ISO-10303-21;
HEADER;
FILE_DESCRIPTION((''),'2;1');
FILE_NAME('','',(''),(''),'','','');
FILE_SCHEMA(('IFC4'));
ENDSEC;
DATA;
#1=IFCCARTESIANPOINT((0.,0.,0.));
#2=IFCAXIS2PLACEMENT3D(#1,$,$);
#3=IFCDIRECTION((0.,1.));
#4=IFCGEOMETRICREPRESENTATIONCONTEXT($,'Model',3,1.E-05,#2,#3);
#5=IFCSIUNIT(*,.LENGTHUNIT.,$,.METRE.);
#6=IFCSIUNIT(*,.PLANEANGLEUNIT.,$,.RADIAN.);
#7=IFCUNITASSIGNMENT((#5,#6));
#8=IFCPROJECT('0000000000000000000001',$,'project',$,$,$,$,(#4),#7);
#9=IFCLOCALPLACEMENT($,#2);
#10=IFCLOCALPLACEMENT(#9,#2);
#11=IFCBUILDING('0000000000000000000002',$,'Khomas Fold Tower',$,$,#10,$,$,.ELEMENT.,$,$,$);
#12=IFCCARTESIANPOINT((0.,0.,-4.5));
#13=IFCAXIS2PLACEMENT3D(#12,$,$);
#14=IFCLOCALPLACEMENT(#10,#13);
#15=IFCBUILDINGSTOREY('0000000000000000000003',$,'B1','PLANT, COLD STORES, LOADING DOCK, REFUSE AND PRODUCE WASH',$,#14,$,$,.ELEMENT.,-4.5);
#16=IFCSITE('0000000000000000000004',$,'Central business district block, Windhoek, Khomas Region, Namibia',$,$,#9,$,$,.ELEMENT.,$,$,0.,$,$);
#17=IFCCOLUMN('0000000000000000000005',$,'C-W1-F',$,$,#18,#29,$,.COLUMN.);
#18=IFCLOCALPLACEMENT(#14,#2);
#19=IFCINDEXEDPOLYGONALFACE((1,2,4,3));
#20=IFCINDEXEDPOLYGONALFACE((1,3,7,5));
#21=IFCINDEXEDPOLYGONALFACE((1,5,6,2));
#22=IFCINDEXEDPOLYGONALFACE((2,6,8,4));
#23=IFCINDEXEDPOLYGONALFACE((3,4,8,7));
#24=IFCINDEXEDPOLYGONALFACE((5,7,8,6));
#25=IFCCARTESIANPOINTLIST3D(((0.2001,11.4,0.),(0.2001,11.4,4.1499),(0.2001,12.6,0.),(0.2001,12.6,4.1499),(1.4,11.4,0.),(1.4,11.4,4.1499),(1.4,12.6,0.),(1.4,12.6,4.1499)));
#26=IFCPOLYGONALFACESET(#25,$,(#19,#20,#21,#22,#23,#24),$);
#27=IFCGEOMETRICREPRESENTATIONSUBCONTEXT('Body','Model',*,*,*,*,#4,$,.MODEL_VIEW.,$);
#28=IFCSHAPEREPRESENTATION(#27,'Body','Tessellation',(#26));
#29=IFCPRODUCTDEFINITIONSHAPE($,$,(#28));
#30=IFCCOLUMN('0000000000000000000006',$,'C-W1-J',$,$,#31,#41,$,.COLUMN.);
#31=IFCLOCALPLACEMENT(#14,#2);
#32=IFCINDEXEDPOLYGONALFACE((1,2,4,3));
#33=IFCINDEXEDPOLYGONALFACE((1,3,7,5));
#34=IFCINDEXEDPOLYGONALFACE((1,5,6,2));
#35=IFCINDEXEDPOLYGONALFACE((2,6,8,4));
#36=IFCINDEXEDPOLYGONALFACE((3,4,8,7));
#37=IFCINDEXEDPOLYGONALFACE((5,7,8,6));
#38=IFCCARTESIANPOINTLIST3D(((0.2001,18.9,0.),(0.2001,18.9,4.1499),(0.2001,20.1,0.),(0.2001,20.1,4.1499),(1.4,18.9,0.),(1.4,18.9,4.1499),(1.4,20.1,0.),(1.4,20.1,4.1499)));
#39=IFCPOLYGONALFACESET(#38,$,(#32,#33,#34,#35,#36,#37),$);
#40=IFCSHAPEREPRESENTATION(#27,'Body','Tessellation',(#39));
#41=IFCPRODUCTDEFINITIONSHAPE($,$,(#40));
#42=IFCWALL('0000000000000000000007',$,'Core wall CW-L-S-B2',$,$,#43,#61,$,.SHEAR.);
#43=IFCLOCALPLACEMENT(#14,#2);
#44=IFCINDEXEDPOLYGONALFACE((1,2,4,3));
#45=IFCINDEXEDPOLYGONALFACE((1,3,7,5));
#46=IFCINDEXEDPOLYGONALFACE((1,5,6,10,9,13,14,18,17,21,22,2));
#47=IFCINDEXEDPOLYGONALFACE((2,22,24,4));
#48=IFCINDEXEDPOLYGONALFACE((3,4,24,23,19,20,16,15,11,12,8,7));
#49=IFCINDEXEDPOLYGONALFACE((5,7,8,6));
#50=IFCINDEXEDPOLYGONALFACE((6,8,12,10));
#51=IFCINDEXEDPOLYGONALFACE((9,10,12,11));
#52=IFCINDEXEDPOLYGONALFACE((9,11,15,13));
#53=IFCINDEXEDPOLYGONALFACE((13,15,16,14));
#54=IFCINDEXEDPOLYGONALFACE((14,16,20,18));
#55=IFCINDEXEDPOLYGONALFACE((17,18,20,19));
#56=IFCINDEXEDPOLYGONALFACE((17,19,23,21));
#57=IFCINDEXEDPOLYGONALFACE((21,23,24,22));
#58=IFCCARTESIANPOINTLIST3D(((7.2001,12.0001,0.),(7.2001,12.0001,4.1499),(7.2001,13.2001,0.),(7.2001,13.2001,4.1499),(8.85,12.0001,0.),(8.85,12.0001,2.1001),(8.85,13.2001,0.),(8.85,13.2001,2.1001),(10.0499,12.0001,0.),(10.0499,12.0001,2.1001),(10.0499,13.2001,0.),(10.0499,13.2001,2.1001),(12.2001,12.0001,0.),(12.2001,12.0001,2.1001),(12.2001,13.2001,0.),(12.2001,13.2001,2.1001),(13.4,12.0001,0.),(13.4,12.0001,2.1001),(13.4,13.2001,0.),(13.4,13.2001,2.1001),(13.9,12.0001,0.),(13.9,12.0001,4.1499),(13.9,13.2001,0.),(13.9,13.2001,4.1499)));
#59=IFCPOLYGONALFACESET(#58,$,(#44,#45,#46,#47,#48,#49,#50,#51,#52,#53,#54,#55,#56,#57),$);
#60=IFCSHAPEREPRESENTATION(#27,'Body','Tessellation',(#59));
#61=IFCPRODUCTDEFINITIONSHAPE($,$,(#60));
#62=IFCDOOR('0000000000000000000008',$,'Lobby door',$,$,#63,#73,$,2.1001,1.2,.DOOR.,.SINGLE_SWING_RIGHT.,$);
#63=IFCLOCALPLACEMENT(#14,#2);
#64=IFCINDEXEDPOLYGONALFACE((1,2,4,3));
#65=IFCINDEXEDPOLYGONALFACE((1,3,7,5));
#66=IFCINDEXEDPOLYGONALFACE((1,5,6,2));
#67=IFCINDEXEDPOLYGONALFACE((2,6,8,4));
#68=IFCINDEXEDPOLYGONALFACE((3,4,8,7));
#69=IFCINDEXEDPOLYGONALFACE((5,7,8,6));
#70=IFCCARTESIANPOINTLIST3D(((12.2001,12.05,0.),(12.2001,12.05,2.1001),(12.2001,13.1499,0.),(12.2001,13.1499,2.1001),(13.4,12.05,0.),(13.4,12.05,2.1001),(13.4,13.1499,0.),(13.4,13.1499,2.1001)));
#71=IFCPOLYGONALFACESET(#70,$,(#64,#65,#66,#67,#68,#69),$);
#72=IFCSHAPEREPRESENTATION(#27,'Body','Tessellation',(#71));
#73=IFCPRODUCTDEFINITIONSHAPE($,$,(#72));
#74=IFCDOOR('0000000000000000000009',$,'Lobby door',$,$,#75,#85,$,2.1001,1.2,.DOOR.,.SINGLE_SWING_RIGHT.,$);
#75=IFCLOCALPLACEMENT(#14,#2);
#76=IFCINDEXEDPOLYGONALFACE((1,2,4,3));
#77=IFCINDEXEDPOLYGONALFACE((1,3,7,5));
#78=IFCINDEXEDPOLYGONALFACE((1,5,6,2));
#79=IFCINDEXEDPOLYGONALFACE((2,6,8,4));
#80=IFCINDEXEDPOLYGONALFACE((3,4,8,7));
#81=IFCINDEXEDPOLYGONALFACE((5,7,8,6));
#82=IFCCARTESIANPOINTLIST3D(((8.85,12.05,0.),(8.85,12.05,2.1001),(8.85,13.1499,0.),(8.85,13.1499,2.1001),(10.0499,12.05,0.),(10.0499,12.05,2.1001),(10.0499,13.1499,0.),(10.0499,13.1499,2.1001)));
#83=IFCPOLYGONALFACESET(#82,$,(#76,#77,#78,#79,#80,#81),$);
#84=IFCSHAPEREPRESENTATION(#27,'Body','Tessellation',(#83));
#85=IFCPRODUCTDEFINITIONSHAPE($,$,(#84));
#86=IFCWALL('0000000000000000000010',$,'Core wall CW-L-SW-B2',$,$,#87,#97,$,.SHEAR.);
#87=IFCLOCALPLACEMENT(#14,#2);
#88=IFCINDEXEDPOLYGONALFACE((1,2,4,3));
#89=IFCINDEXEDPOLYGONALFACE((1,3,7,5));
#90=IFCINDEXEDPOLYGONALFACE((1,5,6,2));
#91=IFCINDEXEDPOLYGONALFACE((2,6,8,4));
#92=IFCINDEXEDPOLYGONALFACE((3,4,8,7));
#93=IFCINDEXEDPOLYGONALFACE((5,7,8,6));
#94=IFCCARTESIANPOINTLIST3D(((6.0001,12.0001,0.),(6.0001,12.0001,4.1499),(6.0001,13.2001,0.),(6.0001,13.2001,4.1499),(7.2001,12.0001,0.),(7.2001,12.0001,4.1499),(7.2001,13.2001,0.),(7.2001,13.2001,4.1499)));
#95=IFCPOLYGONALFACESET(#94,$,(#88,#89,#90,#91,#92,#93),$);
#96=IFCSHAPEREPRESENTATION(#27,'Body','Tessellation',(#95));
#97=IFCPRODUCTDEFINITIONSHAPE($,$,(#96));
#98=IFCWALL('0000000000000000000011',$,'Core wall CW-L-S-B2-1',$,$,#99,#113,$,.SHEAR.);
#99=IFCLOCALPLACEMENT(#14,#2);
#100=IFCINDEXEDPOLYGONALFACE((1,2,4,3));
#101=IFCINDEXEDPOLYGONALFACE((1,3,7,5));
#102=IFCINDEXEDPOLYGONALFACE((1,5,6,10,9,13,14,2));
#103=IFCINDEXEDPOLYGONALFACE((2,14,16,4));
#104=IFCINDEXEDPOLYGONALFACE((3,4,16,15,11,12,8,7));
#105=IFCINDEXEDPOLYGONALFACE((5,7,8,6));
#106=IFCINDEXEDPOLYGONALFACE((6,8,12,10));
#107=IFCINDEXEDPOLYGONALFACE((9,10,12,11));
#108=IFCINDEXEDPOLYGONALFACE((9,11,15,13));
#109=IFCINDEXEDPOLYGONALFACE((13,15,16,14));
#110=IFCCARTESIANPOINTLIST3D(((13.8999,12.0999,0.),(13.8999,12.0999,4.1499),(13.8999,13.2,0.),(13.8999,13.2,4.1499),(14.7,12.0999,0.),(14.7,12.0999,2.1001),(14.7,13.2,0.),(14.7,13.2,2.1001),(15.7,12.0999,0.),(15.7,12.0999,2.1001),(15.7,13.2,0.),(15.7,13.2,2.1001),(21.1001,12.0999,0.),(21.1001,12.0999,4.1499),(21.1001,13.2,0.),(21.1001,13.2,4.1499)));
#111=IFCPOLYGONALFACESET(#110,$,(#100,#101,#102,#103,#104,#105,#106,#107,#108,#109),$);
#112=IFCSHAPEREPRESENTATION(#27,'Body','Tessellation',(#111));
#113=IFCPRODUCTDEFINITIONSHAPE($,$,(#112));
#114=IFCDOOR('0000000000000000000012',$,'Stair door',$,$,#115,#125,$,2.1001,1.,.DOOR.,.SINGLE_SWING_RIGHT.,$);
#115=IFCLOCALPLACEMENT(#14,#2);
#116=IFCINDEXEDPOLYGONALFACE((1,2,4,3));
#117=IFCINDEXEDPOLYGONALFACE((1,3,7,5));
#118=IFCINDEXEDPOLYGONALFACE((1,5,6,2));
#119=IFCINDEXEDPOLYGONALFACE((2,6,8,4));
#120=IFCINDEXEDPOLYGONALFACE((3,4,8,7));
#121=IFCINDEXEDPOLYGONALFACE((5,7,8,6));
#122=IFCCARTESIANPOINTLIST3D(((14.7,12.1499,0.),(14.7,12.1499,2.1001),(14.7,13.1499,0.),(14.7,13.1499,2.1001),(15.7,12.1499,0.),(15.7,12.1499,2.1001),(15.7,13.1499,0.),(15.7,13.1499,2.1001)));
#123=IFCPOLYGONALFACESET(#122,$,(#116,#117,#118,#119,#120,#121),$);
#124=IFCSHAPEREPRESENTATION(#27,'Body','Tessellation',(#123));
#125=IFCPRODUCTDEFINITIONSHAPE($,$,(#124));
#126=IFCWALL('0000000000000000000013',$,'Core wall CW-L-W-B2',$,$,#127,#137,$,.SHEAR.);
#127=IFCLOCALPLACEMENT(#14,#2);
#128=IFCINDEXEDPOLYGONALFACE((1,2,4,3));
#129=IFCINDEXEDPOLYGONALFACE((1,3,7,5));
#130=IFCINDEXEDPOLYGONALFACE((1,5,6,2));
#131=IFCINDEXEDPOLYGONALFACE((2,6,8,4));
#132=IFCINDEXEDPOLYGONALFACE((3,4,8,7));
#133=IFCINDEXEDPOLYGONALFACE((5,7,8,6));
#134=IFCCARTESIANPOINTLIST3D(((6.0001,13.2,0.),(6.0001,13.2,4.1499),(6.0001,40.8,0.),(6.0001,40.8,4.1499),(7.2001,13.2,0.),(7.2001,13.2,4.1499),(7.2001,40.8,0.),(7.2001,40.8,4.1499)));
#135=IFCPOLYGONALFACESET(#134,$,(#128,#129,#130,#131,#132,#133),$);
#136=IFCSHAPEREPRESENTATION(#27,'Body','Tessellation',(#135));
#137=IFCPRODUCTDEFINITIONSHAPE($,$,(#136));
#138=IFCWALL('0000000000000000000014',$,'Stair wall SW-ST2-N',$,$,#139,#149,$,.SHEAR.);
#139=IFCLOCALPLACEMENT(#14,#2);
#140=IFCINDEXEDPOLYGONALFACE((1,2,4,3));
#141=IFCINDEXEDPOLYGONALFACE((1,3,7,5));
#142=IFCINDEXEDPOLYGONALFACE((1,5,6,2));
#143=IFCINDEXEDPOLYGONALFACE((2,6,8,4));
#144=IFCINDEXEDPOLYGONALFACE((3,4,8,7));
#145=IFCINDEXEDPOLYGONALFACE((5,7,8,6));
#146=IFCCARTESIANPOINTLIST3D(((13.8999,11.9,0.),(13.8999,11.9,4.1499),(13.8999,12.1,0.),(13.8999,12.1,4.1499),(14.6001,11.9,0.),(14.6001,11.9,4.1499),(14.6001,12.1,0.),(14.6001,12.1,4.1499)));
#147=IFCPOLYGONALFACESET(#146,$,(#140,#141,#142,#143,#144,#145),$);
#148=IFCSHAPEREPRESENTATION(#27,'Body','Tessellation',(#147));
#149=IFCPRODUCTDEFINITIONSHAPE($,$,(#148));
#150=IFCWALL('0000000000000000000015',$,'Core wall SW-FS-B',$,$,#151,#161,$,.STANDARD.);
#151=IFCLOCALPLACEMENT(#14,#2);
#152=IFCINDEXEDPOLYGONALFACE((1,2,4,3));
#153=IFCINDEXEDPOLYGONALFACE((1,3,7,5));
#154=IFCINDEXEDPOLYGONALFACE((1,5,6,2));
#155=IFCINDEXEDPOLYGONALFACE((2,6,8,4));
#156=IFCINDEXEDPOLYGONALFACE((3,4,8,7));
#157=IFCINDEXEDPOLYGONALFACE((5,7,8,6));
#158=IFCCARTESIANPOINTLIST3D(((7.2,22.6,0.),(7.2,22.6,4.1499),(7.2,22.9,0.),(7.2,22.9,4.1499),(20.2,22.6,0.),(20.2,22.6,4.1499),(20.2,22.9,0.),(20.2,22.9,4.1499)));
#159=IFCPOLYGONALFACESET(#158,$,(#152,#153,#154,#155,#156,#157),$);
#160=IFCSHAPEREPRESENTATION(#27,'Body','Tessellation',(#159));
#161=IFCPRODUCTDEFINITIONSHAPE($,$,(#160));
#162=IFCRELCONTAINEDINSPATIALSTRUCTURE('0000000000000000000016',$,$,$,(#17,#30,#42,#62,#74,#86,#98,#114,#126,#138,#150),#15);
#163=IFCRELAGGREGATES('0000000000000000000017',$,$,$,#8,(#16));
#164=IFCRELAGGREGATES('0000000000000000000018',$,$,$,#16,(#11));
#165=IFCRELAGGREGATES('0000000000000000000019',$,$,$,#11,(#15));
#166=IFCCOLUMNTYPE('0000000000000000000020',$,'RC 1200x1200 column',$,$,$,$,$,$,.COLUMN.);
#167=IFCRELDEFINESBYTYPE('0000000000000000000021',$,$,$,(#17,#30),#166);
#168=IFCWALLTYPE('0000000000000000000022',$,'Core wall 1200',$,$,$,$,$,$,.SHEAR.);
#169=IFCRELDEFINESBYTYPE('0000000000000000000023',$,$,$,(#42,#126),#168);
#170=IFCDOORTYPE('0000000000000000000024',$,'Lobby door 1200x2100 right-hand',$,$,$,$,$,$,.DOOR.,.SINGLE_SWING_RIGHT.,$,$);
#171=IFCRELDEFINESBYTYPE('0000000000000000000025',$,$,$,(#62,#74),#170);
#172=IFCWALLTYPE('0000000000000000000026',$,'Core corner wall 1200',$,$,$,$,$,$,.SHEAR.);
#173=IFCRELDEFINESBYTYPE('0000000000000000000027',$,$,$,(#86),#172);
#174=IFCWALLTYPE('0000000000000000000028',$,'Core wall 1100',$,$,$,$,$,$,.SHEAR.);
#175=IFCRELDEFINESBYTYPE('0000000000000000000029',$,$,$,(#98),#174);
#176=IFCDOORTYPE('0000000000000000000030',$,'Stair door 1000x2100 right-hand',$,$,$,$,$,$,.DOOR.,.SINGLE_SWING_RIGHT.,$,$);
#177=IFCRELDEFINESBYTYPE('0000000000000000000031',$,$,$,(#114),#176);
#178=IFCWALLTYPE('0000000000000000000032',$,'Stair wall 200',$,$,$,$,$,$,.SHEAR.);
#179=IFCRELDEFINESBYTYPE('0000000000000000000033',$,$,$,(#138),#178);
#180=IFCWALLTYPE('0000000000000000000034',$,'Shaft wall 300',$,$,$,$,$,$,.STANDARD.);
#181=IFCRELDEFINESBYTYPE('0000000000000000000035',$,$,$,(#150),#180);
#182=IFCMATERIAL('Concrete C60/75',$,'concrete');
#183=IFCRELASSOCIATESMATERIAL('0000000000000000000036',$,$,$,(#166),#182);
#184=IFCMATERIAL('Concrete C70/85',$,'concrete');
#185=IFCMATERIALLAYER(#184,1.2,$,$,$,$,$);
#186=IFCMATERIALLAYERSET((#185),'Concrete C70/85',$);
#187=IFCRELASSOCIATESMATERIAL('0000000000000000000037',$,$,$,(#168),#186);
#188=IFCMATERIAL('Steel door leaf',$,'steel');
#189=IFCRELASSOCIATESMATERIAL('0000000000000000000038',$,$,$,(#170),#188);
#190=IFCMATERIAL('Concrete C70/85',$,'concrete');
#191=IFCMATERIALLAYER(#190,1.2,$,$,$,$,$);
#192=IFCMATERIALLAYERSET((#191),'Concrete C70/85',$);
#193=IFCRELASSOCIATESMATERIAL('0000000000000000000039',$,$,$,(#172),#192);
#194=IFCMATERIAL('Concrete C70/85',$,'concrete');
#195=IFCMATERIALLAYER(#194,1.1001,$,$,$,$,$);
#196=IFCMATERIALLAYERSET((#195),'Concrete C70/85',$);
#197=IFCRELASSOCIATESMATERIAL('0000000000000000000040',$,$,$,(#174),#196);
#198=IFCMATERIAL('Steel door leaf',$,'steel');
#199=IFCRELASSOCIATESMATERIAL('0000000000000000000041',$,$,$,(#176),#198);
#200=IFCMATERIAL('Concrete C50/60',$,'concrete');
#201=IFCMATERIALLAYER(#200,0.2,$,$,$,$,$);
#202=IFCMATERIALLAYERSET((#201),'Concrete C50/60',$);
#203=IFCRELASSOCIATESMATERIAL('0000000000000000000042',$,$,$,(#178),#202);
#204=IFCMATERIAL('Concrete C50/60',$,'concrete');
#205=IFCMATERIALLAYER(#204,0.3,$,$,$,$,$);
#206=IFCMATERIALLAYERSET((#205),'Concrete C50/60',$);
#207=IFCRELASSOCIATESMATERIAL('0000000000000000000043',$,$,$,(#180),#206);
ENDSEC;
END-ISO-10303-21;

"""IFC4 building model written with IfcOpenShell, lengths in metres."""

from ifc_helpers import new_model, si_unit, direction, frame, frame_2d, origin, origin_2d, place, context, subcontext, project, spatial, rectangle, extrude, source, transform, mapped, material, layer, layer_set, material_profile, profile_set, type_object, element, fill, save


model = new_model("IFC4")

# Units and contexts
model_context = context("Model", 3, precision=1e-05, world=origin(), true_north=direction((0.0, 1.0)))
body_context = subcontext(model_context, "Body", "Model", "MODEL_VIEW")
ifc_project = project(units=[si_unit("LENGTHUNIT", "METRE"), si_unit("PLANEANGLEUNIT", "RADIAN")], contexts=[model_context])

# Site, building, storey
site_placement = place(None, origin())
site = spatial("IfcSite", under=ifc_project, at=site_placement, Name="Central business district block, Windhoek, Khomas Region, Namibia", CompositionType="ELEMENT", RefElevation=0.0)
building_placement = place(site_placement, origin())
building = spatial("IfcBuilding", under=site, at=building_placement, Name="Khomas Fold Tower", CompositionType="ELEMENT")
storey_placement = place(building_placement, frame((0.0, 0.0, -4.5)))
storey = spatial("IfcBuildingStorey", under=building, at=storey_placement, Name="B1", Description="PLANT, COLD STORES, LOADING DOCK, REFUSE AND PRODUCE WASH", CompositionType="ELEMENT", Elevation=-4.5)

# Columns
ifc_material_1 = material(Name="Concrete C60/75", Category="concrete")
ifc_material_profile = material_profile(ifc_material_1, rectangle(XDim=1.2, YDim=1.2, at=origin_2d()), Name="RC 1200x1200")
ifc_profile_set = profile_set([ifc_material_profile], Name="Concrete C60/75")
column_type = type_object("IfcColumnType", Name="RC 1200x1200 column", PredefinedType="COLUMN", material=ifc_profile_set)
shared_shape_1 = source(origin(), body_context, "Body", "SweptSolid", [
    extrude(rectangle(XDim=1.2, YDim=1.2, at=origin_2d()), origin(), (0.0, 0.0, 1.0), 4.1499),
])
for number, where, z_axis, x_axis, name in (
    (1, (0.8, 12.0, 0.0), (0.0, 0.0, 1.0), (1.0, 0.0, 0.0), "C-W1-F"),
    (2, (0.8, 19.5, 0.0), (0.0, 0.0, 1.0), (1.0, 0.0, 0.0), "C-W1-J"),
):
    element("IfcColumn", number, at=place(storey_placement, frame(where, z_axis=z_axis, x_axis=x_axis)), inside=storey, type_object=column_type, Name=name, PredefinedType="COLUMN", context=body_context, shape_type="MappedRepresentation", body=[
        mapped(shared_shape_1, transform((0.0, 0.0, 0.0))),
    ])

# Wall, openings, doors
ifc_material_2 = material(Name="Concrete C70/85", Category="concrete")
ifc_layer_1 = layer(ifc_material_2, 1.2)
ifc_layer_set_1 = layer_set([ifc_layer_1], Name="Concrete C70/85")
wall_type_1 = type_object("IfcWallType", Name="Core wall 1200", PredefinedType="SHEAR", material=ifc_layer_set_1)
shared_shape_2 = source(origin(), body_context, "Body", "SweptSolid", [
    extrude(rectangle(XDim=6.7, YDim=1.2, at=frame_2d((3.3501, 0.0))), origin(), (0.0, 0.0, 1.0), 4.1499),
])
wall_1_placement = place(storey_placement, frame((7.2, 12.6001, 0.0), z_axis=(0.0, 0.0, 1.0), x_axis=(1.0, 0.0, 0.0)))
wall_1 = element("IfcWall", 3, at=wall_1_placement, inside=storey, type_object=wall_type_1, Name="Core wall CW-L-S-B2", PredefinedType="SHEAR", context=body_context, shape_type="MappedRepresentation", body=[
    mapped(shared_shape_2, transform((0.0, 0.0, 0.0))),
])
shared_shape_3 = source(origin(), body_context, "Body", "SweptSolid", [
    extrude(rectangle(XDim=1.2, YDim=2.1001, at=frame_2d((0.6001, 1.05))), frame((0.0, 0.6099, 0.0), z_axis=(0.0, -1.0, 0.0), x_axis=(1.0, 0.0, 0.0)), (0.0, 0.0, 1.0), 1.22),
])
opening_1_placement = place(wall_1_placement, frame((5.0, 0.0, 0.0)))
opening_1 = element("IfcOpeningElement", 4, at=opening_1_placement, cuts=wall_1, PredefinedType="OPENING", context=body_context, shape_type="MappedRepresentation", body=[
    mapped(shared_shape_3, transform((0.0, 0.0, 0.0))),
])
opening_2_placement = place(wall_1_placement, frame((1.6499, 0.0, 0.0)))
opening_2 = element("IfcOpeningElement", 5, at=opening_2_placement, cuts=wall_1, PredefinedType="OPENING", context=body_context, shape_type="MappedRepresentation", body=[
    mapped(shared_shape_3, transform((0.0, 0.0, 0.0))),
])
ifc_material_3 = material(Name="Steel door leaf", Category="steel")
door_type_1 = type_object("IfcDoorType", Name="Lobby door 1200x2100 right-hand", OperationType="SINGLE_SWING_RIGHT", PredefinedType="DOOR", material=ifc_material_3)
shared_shape_4 = source(origin(), body_context, "Body", "SweptSolid", [
    extrude(rectangle(XDim=1.2, YDim=2.1001, at=frame_2d((0.6001, 1.05))), frame((0.0, 0.5498, 0.0), z_axis=(0.0, -1.0, 0.0), x_axis=(1.0, 0.0, 0.0)), (0.0, 0.0, 1.0), 1.0999),
])
door_1_placement = place(opening_1_placement, origin())
door_1 = element("IfcDoor", 6, at=door_1_placement, inside=storey, type_object=door_type_1, Name="Lobby door", OperationType="SINGLE_SWING_RIGHT", OverallHeight=2.1001, OverallWidth=1.2, PredefinedType="DOOR", context=body_context, shape_type="MappedRepresentation", body=[
    mapped(shared_shape_4, transform((0.0, 0.0, 0.0))),
])
fill(opening_1, door_1)
door_2_placement = place(opening_2_placement, origin())
door_2 = element("IfcDoor", 7, at=door_2_placement, inside=storey, type_object=door_type_1, Name="Lobby door", OperationType="SINGLE_SWING_RIGHT", OverallHeight=2.1001, OverallWidth=1.2, PredefinedType="DOOR", context=body_context, shape_type="MappedRepresentation", body=[
    mapped(shared_shape_4, transform((0.0, 0.0, 0.0))),
])
fill(opening_2, door_2)

# Wall
ifc_material_4 = material(Name="Concrete C70/85", Category="concrete")
ifc_layer_2 = layer(ifc_material_4, 1.2)
ifc_layer_set_2 = layer_set([ifc_layer_2], Name="Concrete C70/85")
wall_type_2 = type_object("IfcWallType", Name="Core corner wall 1200", PredefinedType="SHEAR", material=ifc_layer_set_2)
shared_shape_5 = source(origin(), body_context, "Body", "SweptSolid", [
    extrude(rectangle(XDim=1.2, YDim=1.2, at=frame_2d((0.6001, 0.0))), origin(), (0.0, 0.0, 1.0), 4.1499),
])
wall_2_placement = place(storey_placement, frame((6.0, 12.6001, 0.0), z_axis=(0.0, 0.0, 1.0), x_axis=(1.0, 0.0, 0.0)))
element("IfcWall", 8, at=wall_2_placement, inside=storey, type_object=wall_type_2, Name="Core wall CW-L-SW-B2", PredefinedType="SHEAR", context=body_context, shape_type="MappedRepresentation", body=[
    mapped(shared_shape_5, transform((0.0, 0.0, 0.0))),
])

# Wall, opening, door
ifc_material_5 = material(Name="Concrete C70/85", Category="concrete")
ifc_layer_3 = layer(ifc_material_5, 1.1001)
ifc_layer_set_3 = layer_set([ifc_layer_3], Name="Concrete C70/85")
wall_type_3 = type_object("IfcWallType", Name="Core wall 1100", PredefinedType="SHEAR", material=ifc_layer_set_3)
shared_shape_6 = source(origin(), body_context, "Body", "SweptSolid", [
    extrude(rectangle(XDim=7.2002, YDim=1.1001, at=frame_2d((3.6001, 0.0))), origin(), (0.0, 0.0, 1.0), 4.1499),
])
wall_3_placement = place(storey_placement, frame((13.8999, 12.6499, 0.0), z_axis=(0.0, 0.0, 1.0), x_axis=(1.0, 0.0, 0.0)))
wall_3 = element("IfcWall", 9, at=wall_3_placement, inside=storey, type_object=wall_type_3, Name="Core wall CW-L-S-B2-1", PredefinedType="SHEAR", context=body_context, shape_type="MappedRepresentation", body=[
    mapped(shared_shape_6, transform((0.0, 0.0, 0.0))),
])
shared_shape_7 = source(origin(), body_context, "Body", "SweptSolid", [
    extrude(rectangle(XDim=1.0, YDim=2.1001, at=frame_2d((0.5, 1.05))), frame((0.0, 0.5601, 0.0), z_axis=(0.0, -1.0, 0.0), x_axis=(1.0, 0.0, 0.0)), (0.0, 0.0, 1.0), 1.1201),
])
opening_3_placement = place(wall_3_placement, frame((0.8, 0.0, 0.0)))
opening_3 = element("IfcOpeningElement", 10, at=opening_3_placement, cuts=wall_3, PredefinedType="OPENING", context=body_context, shape_type="MappedRepresentation", body=[
    mapped(shared_shape_7, transform((0.0, 0.0, 0.0))),
])
ifc_material_6 = material(Name="Steel door leaf", Category="steel")
door_type_2 = type_object("IfcDoorType", Name="Stair door 1000x2100 right-hand", OperationType="SINGLE_SWING_RIGHT", PredefinedType="DOOR", material=ifc_material_6)
shared_shape_8 = source(origin(), body_context, "Body", "SweptSolid", [
    extrude(rectangle(XDim=1.0, YDim=2.1001, at=frame_2d((0.5, 1.05))), frame((0.0, 0.5, 0.0), z_axis=(0.0, -1.0, 0.0), x_axis=(1.0, 0.0, 0.0)), (0.0, 0.0, 1.0), 1.0),
])
door_3_placement = place(opening_3_placement, origin())
door_3 = element("IfcDoor", 11, at=door_3_placement, inside=storey, type_object=door_type_2, Name="Stair door", OperationType="SINGLE_SWING_RIGHT", OverallHeight=2.1001, OverallWidth=1.0, PredefinedType="DOOR", context=body_context, shape_type="MappedRepresentation", body=[
    mapped(shared_shape_8, transform((0.0, 0.0, 0.0))),
])
fill(opening_3, door_3)

# Walls
shared_shape_9 = source(origin(), body_context, "Body", "SweptSolid", [
    extrude(rectangle(XDim=27.6001, YDim=1.2, at=frame_2d((13.8, 0.0))), origin(), (0.0, 0.0, 1.0), 4.1499),
])
wall_4_placement = place(storey_placement, frame((6.6001, 13.2, 0.0), z_axis=(0.0, 0.0, 1.0), x_axis=(0.0, 1.0, 0.0)))
element("IfcWall", 12, at=wall_4_placement, inside=storey, type_object=wall_type_1, Name="Core wall CW-L-W-B2", PredefinedType="SHEAR", context=body_context, shape_type="MappedRepresentation", body=[
    mapped(shared_shape_9, transform((0.0, 0.0, 0.0))),
])
ifc_material_7 = material(Name="Concrete C50/60", Category="concrete")
ifc_layer_4 = layer(ifc_material_7, 0.2)
ifc_layer_set_4 = layer_set([ifc_layer_4], Name="Concrete C50/60")
wall_type_4 = type_object("IfcWallType", Name="Stair wall 200", PredefinedType="SHEAR", material=ifc_layer_set_4)
shared_shape_10 = source(origin(), body_context, "Body", "SweptSolid", [
    extrude(rectangle(XDim=0.7002, YDim=0.2, at=frame_2d((0.3501, 0.0))), origin(), (0.0, 0.0, 1.0), 4.1499),
])
wall_5_placement = place(storey_placement, frame((13.8999, 12.0, 0.0), z_axis=(0.0, 0.0, 1.0), x_axis=(1.0, 0.0, 0.0)))
element("IfcWall", 13, at=wall_5_placement, inside=storey, type_object=wall_type_4, Name="Stair wall SW-ST2-N", PredefinedType="SHEAR", context=body_context, shape_type="MappedRepresentation", body=[
    mapped(shared_shape_10, transform((0.0, 0.0, 0.0))),
])
ifc_material_8 = material(Name="Concrete C50/60", Category="concrete")
ifc_layer_5 = layer(ifc_material_8, 0.3)
ifc_layer_set_5 = layer_set([ifc_layer_5], Name="Concrete C50/60")
wall_type_5 = type_object("IfcWallType", Name="Shaft wall 300", PredefinedType="STANDARD", material=ifc_layer_set_5)
shared_shape_11 = source(origin(), body_context, "Body", "SweptSolid", [
    extrude(rectangle(XDim=13.0, YDim=0.3, at=frame_2d((6.5, 0.0))), origin(), (0.0, 0.0, 1.0), 4.1499),
])
wall_6_placement = place(storey_placement, frame((7.2, 22.75, 0.0), z_axis=(0.0, 0.0, 1.0), x_axis=(1.0, 0.0, 0.0)))
element("IfcWall", 14, at=wall_6_placement, inside=storey, type_object=wall_type_5, Name="Core wall SW-FS-B", PredefinedType="STANDARD", context=body_context, shape_type="MappedRepresentation", body=[
    mapped(shared_shape_11, transform((0.0, 0.0, 0.0))),
])

save(model, "model.ifc")
